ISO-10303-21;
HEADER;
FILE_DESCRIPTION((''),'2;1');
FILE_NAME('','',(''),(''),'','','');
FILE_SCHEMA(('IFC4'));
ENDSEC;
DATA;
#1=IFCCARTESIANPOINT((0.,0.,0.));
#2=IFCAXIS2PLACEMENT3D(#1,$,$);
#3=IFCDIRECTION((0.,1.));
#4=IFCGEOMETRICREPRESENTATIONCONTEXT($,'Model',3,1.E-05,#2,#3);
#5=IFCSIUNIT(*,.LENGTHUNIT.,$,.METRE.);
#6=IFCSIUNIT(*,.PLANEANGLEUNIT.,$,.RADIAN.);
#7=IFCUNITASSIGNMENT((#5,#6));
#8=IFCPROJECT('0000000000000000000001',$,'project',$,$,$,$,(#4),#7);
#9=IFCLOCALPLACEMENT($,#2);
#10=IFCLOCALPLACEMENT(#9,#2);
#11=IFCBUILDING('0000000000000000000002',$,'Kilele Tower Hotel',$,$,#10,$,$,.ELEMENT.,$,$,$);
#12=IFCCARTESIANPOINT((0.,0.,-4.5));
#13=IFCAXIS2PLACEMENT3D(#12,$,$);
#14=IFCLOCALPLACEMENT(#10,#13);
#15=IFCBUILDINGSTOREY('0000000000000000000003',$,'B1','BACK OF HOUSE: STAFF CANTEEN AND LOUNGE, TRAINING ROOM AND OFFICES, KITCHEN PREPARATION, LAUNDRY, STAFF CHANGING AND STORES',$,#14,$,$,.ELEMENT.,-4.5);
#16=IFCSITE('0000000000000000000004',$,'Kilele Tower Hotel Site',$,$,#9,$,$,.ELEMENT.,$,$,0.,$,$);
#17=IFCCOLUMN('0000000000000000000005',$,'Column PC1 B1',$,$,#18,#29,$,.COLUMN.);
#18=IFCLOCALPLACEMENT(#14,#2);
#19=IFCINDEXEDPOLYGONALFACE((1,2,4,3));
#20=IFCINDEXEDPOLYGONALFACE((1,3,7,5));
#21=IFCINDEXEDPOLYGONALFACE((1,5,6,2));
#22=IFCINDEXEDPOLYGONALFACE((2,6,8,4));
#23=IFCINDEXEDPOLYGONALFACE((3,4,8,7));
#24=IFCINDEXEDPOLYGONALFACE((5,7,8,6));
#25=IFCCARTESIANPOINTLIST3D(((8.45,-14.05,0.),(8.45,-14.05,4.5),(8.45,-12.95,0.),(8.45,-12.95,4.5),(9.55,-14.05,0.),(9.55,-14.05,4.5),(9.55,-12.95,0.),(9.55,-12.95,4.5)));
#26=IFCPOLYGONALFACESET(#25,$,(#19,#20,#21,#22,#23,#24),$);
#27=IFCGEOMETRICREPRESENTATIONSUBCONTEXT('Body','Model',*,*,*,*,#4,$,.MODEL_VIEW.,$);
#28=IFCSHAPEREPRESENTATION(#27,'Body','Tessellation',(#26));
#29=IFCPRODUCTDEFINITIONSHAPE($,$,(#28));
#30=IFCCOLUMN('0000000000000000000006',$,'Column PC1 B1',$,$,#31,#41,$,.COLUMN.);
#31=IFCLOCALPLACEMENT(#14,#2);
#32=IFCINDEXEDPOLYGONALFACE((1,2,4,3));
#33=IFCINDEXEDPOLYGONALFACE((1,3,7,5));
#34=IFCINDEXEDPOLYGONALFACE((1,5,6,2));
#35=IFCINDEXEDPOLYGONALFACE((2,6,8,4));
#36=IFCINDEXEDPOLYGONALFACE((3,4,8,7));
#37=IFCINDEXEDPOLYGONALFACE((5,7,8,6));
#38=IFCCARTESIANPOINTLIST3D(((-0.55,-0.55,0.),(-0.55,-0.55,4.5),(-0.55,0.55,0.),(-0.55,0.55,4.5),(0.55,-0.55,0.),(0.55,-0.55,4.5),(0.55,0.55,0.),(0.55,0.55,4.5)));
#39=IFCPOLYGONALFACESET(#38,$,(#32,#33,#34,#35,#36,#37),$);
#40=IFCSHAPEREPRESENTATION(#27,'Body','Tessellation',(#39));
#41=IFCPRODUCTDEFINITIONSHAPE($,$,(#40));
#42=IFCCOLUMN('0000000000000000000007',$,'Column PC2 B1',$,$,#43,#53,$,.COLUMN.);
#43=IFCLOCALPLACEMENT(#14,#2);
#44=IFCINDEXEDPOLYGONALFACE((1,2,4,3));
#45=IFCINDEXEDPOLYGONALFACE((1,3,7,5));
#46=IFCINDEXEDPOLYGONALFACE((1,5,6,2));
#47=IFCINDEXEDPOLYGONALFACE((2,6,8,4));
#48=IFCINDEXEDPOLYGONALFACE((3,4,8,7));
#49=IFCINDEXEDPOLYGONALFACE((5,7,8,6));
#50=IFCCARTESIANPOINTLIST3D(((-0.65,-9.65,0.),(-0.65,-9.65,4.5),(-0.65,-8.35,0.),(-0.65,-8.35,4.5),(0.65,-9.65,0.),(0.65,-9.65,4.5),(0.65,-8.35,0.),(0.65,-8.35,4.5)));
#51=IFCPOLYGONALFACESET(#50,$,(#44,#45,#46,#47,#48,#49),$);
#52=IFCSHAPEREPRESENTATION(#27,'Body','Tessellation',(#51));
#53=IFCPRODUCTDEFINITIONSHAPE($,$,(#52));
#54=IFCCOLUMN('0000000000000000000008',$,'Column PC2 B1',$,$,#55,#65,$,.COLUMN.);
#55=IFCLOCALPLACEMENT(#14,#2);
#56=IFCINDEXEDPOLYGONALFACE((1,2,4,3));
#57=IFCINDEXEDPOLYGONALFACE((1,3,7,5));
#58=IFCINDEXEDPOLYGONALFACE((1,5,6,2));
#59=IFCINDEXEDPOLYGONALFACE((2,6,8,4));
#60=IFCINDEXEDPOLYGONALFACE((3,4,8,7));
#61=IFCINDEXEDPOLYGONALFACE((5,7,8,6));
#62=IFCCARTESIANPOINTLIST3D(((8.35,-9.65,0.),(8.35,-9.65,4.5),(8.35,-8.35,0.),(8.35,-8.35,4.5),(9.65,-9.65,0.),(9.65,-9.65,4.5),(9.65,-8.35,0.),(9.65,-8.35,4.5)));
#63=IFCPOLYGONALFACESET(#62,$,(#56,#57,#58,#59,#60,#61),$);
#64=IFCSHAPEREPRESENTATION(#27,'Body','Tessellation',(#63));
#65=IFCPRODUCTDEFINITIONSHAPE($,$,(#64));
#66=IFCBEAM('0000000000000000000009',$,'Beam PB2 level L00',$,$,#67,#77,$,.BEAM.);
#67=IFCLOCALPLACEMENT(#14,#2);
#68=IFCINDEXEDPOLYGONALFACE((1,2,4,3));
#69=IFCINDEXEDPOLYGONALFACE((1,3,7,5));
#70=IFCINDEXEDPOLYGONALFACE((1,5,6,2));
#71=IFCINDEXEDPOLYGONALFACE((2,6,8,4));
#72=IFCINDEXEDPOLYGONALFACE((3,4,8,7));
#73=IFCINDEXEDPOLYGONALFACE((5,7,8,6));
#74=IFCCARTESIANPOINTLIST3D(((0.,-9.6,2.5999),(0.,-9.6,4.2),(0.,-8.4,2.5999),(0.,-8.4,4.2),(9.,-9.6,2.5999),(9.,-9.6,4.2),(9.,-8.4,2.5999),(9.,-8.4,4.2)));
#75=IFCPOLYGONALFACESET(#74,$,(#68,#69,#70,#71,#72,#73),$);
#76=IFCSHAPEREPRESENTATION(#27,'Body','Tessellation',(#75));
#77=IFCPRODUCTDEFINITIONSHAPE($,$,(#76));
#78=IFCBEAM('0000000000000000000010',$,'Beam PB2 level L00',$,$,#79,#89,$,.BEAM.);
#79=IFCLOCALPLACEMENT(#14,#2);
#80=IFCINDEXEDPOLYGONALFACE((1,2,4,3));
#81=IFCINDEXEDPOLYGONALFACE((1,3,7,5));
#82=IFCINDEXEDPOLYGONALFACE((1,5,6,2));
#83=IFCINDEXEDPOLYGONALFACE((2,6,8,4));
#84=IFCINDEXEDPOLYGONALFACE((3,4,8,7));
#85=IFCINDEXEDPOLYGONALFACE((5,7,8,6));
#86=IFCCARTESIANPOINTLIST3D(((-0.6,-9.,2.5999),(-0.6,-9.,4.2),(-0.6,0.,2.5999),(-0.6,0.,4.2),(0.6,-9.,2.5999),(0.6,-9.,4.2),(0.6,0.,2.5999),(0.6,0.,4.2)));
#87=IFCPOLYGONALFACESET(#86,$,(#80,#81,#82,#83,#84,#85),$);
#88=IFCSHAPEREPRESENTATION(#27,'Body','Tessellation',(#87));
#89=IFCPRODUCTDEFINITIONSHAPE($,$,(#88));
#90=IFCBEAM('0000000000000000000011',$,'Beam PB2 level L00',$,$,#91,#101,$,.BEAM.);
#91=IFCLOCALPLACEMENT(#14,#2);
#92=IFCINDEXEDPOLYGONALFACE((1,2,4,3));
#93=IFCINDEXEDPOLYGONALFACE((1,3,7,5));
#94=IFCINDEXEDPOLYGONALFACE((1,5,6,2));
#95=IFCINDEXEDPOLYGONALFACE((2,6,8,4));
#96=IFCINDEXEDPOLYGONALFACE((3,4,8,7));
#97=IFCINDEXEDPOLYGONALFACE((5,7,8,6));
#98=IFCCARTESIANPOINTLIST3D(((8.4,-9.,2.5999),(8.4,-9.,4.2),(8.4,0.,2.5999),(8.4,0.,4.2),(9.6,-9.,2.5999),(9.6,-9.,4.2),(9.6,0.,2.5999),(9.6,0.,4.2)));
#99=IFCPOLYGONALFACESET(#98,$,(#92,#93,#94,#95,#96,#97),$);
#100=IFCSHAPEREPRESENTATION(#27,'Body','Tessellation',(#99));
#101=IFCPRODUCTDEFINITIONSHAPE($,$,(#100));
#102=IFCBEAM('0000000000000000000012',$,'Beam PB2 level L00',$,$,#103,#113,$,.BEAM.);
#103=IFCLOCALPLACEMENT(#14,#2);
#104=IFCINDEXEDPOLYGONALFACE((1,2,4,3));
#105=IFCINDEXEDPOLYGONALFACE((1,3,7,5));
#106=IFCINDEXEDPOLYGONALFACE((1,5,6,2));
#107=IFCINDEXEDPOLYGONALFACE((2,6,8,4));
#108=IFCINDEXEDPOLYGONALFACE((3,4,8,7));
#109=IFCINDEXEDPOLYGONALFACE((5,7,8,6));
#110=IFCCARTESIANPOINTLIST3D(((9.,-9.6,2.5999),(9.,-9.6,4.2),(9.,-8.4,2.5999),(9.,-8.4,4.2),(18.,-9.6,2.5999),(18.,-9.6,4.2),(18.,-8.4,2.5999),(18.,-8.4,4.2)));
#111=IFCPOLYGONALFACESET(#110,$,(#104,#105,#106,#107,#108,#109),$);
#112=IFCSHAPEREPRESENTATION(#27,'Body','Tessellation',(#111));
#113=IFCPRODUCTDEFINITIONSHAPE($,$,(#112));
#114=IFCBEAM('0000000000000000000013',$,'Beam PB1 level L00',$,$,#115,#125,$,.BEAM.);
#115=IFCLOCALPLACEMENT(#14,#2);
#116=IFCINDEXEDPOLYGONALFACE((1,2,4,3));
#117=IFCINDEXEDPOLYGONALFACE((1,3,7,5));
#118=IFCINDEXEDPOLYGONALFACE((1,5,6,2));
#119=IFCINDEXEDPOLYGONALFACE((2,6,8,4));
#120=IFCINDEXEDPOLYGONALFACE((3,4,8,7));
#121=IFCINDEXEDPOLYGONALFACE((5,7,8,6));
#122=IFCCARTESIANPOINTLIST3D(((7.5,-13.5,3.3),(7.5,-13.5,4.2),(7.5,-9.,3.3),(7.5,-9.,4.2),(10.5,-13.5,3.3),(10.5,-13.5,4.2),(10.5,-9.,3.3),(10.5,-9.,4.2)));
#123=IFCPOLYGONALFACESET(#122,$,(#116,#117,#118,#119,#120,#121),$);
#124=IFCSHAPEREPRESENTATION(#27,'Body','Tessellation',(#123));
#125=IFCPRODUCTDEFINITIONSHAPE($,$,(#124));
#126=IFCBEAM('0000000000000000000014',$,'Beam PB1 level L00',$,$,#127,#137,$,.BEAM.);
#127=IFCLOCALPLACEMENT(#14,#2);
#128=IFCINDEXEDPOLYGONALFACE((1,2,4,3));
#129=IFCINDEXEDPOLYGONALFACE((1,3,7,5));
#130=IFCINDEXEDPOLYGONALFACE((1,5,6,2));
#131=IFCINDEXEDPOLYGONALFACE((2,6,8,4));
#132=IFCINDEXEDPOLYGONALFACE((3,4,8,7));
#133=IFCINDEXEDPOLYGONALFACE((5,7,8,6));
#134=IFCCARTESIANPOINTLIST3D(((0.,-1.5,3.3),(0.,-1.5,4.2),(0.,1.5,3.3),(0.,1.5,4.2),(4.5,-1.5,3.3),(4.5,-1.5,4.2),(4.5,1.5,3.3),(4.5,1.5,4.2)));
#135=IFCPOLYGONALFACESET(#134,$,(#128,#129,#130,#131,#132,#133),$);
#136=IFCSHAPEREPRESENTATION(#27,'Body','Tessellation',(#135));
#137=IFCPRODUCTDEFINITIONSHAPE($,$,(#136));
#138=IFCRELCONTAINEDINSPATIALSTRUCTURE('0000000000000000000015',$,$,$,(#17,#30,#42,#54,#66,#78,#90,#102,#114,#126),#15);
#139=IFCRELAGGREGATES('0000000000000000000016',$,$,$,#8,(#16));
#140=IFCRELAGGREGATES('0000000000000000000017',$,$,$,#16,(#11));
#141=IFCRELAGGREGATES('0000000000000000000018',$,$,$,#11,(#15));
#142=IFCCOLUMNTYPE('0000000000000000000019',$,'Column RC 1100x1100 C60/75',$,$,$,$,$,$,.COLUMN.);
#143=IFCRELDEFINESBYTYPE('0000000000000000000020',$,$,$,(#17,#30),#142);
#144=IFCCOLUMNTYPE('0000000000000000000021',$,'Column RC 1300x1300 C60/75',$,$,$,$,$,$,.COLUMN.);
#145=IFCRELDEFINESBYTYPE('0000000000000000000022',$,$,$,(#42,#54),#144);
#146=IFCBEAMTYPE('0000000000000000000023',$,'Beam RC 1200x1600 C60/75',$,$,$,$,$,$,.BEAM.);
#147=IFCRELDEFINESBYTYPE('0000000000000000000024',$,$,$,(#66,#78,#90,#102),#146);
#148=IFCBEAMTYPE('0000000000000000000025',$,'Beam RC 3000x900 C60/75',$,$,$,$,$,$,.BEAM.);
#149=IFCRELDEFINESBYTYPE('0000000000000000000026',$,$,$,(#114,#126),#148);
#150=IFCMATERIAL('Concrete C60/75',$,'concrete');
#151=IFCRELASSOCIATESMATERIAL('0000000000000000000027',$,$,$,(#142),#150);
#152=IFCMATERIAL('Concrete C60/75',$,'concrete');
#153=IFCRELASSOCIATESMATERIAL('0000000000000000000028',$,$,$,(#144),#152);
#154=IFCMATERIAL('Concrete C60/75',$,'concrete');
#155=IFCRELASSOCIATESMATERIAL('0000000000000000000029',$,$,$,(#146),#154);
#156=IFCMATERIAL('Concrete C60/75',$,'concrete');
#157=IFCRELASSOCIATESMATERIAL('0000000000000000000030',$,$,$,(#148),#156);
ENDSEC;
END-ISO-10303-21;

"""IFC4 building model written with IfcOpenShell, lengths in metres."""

from ifc_helpers import new_model, si_unit, direction, frame, origin, origin_2d, place, context, subcontext, project, spatial, rectangle, extrude, material, material_profile, profile_set, type_object, element, save


model = new_model("IFC4")

# Units and contexts
model_context = context("Model", 3, precision=1e-05, world=origin(), true_north=direction((0.0, 1.0)))
body_context = subcontext(model_context, "Body", "Model", "MODEL_VIEW")
ifc_project = project(units=[si_unit("LENGTHUNIT", "METRE"), si_unit("PLANEANGLEUNIT", "RADIAN")], contexts=[model_context])

# Site, building, storey
site_placement = place(None, origin())
site = spatial("IfcSite", under=ifc_project, at=site_placement, Name="Kilele Tower Hotel Site", CompositionType="ELEMENT", RefElevation=0.0)
building_placement = place(site_placement, origin())
building = spatial("IfcBuilding", under=site, at=building_placement, Name="Kilele Tower Hotel", CompositionType="ELEMENT")
storey_placement = place(building_placement, frame((0.0, 0.0, -4.5)))
storey = spatial("IfcBuildingStorey", under=building, at=storey_placement, Name="B1", Description="BACK OF HOUSE: STAFF CANTEEN AND LOUNGE, TRAINING ROOM AND OFFICES, KITCHEN PREPARATION, LAUNDRY, STAFF CHANGING AND STORES", CompositionType="ELEMENT", Elevation=-4.5)

# Columns
ifc_material_1 = material(Name="Concrete C60/75", Category="concrete")
ifc_material_profile_1 = material_profile(ifc_material_1, rectangle(XDim=1.1001, YDim=1.1001, at=origin_2d()))
ifc_profile_set_1 = profile_set([ifc_material_profile_1], Name="Concrete C60/75")
column_type_1 = type_object("IfcColumnType", Name="Column RC 1100x1100 C60/75", PredefinedType="COLUMN", material=ifc_profile_set_1)
for number, where, z_axis, x_axis, name in (
    (1, (9.0, -13.5, 0.0), (0.0, 0.0, 1.0), (1.0, 0.0, 0.0), "Column PC1 B1"),
    (2, (0.0, 0.0, 0.0), (0.0, 0.0, 1.0), (1.0, 0.0, 0.0), "Column PC1 B1"),
):
    element("IfcColumn", number, at=place(storey_placement, frame(where, z_axis=z_axis, x_axis=x_axis)), inside=storey, type_object=column_type_1, Name=name, PredefinedType="COLUMN", context=body_context, shape_type="SweptSolid", body=[
        extrude(rectangle(XDim=1.1001, YDim=1.1001, at=origin_2d()), origin(), (0.0, 0.0, 1.0), 4.5),
    ])
ifc_material_2 = material(Name="Concrete C60/75", Category="concrete")
ifc_material_profile_2 = material_profile(ifc_material_2, rectangle(XDim=1.3, YDim=1.3, at=origin_2d()))
ifc_profile_set_2 = profile_set([ifc_material_profile_2], Name="Concrete C60/75")
column_type_2 = type_object("IfcColumnType", Name="Column RC 1300x1300 C60/75", PredefinedType="COLUMN", material=ifc_profile_set_2)
for number, where, z_axis, x_axis, name in (
    (3, (0.0, -9.0, 0.0), (0.0, 0.0, 1.0), (1.0, 0.0, 0.0), "Column PC2 B1"),
    (4, (9.0, -9.0, 0.0), (0.0, 0.0, 1.0), (1.0, 0.0, 0.0), "Column PC2 B1"),
):
    element("IfcColumn", number, at=place(storey_placement, frame(where, z_axis=z_axis, x_axis=x_axis)), inside=storey, type_object=column_type_2, Name=name, PredefinedType="COLUMN", context=body_context, shape_type="SweptSolid", body=[
        extrude(rectangle(XDim=1.3, YDim=1.3, at=origin_2d()), origin(), (0.0, 0.0, 1.0), 4.5),
    ])

# Beams
ifc_material_3 = material(Name="Concrete C60/75", Category="concrete")
ifc_material_profile_3 = material_profile(ifc_material_3, rectangle(XDim=1.2, YDim=1.6001, at=origin_2d()))
ifc_profile_set_3 = profile_set([ifc_material_profile_3], Name="Concrete C60/75")
beam_type_1 = type_object("IfcBeamType", Name="Beam RC 1200x1600 C60/75", PredefinedType="BEAM", material=ifc_profile_set_3)
for number, where, z_axis, x_axis, name in (
    (5, (0.0, -9.0, 3.3999), (1.0, 0.0, 0.0), (0.0, 1.0, 0.0), "Beam PB2 level L00"),
    (6, (0.0, -9.0, 3.3999), (0.0, 1.0, 0.0), (-1.0, 0.0, 0.0), "Beam PB2 level L00"),
    (7, (9.0, -9.0, 3.3999), (0.0, 1.0, 0.0), (-1.0, 0.0, 0.0), "Beam PB2 level L00"),
    (8, (9.0, -9.0, 3.3999), (1.0, 0.0, 0.0), (0.0, 1.0, 0.0), "Beam PB2 level L00"),
):
    element("IfcBeam", number, at=place(storey_placement, frame(where, z_axis=z_axis, x_axis=x_axis)), inside=storey, type_object=beam_type_1, Name=name, PredefinedType="BEAM", context=body_context, shape_type="SweptSolid", body=[
        extrude(rectangle(XDim=1.2, YDim=1.6001, at=origin_2d()), origin(), (0.0, 0.0, 1.0), 9.0),
    ])
ifc_material_4 = material(Name="Concrete C60/75", Category="concrete")
ifc_material_profile_4 = material_profile(ifc_material_4, rectangle(XDim=3.0, YDim=0.8999, at=origin_2d()))
ifc_profile_set_4 = profile_set([ifc_material_profile_4], Name="Concrete C60/75")
beam_type_2 = type_object("IfcBeamType", Name="Beam RC 3000x900 C60/75", PredefinedType="BEAM", material=ifc_profile_set_4)
for number, where, z_axis, x_axis, name in (
    (9, (9.0, -13.5, 3.75), (0.0, 1.0, 0.0), (-1.0, 0.0, 0.0), "Beam PB1 level L00"),
    (10, (0.0, 0.0, 3.75), (1.0, 0.0, 0.0), (0.0, 1.0, 0.0), "Beam PB1 level L00"),
):
    element("IfcBeam", number, at=place(storey_placement, frame(where, z_axis=z_axis, x_axis=x_axis)), inside=storey, type_object=beam_type_2, Name=name, PredefinedType="BEAM", context=body_context, shape_type="SweptSolid", body=[
        extrude(rectangle(XDim=3.0, YDim=0.8999, at=origin_2d()), origin(), (0.0, 0.0, 1.0), 4.5),
    ])

save(model, "model.ifc")
